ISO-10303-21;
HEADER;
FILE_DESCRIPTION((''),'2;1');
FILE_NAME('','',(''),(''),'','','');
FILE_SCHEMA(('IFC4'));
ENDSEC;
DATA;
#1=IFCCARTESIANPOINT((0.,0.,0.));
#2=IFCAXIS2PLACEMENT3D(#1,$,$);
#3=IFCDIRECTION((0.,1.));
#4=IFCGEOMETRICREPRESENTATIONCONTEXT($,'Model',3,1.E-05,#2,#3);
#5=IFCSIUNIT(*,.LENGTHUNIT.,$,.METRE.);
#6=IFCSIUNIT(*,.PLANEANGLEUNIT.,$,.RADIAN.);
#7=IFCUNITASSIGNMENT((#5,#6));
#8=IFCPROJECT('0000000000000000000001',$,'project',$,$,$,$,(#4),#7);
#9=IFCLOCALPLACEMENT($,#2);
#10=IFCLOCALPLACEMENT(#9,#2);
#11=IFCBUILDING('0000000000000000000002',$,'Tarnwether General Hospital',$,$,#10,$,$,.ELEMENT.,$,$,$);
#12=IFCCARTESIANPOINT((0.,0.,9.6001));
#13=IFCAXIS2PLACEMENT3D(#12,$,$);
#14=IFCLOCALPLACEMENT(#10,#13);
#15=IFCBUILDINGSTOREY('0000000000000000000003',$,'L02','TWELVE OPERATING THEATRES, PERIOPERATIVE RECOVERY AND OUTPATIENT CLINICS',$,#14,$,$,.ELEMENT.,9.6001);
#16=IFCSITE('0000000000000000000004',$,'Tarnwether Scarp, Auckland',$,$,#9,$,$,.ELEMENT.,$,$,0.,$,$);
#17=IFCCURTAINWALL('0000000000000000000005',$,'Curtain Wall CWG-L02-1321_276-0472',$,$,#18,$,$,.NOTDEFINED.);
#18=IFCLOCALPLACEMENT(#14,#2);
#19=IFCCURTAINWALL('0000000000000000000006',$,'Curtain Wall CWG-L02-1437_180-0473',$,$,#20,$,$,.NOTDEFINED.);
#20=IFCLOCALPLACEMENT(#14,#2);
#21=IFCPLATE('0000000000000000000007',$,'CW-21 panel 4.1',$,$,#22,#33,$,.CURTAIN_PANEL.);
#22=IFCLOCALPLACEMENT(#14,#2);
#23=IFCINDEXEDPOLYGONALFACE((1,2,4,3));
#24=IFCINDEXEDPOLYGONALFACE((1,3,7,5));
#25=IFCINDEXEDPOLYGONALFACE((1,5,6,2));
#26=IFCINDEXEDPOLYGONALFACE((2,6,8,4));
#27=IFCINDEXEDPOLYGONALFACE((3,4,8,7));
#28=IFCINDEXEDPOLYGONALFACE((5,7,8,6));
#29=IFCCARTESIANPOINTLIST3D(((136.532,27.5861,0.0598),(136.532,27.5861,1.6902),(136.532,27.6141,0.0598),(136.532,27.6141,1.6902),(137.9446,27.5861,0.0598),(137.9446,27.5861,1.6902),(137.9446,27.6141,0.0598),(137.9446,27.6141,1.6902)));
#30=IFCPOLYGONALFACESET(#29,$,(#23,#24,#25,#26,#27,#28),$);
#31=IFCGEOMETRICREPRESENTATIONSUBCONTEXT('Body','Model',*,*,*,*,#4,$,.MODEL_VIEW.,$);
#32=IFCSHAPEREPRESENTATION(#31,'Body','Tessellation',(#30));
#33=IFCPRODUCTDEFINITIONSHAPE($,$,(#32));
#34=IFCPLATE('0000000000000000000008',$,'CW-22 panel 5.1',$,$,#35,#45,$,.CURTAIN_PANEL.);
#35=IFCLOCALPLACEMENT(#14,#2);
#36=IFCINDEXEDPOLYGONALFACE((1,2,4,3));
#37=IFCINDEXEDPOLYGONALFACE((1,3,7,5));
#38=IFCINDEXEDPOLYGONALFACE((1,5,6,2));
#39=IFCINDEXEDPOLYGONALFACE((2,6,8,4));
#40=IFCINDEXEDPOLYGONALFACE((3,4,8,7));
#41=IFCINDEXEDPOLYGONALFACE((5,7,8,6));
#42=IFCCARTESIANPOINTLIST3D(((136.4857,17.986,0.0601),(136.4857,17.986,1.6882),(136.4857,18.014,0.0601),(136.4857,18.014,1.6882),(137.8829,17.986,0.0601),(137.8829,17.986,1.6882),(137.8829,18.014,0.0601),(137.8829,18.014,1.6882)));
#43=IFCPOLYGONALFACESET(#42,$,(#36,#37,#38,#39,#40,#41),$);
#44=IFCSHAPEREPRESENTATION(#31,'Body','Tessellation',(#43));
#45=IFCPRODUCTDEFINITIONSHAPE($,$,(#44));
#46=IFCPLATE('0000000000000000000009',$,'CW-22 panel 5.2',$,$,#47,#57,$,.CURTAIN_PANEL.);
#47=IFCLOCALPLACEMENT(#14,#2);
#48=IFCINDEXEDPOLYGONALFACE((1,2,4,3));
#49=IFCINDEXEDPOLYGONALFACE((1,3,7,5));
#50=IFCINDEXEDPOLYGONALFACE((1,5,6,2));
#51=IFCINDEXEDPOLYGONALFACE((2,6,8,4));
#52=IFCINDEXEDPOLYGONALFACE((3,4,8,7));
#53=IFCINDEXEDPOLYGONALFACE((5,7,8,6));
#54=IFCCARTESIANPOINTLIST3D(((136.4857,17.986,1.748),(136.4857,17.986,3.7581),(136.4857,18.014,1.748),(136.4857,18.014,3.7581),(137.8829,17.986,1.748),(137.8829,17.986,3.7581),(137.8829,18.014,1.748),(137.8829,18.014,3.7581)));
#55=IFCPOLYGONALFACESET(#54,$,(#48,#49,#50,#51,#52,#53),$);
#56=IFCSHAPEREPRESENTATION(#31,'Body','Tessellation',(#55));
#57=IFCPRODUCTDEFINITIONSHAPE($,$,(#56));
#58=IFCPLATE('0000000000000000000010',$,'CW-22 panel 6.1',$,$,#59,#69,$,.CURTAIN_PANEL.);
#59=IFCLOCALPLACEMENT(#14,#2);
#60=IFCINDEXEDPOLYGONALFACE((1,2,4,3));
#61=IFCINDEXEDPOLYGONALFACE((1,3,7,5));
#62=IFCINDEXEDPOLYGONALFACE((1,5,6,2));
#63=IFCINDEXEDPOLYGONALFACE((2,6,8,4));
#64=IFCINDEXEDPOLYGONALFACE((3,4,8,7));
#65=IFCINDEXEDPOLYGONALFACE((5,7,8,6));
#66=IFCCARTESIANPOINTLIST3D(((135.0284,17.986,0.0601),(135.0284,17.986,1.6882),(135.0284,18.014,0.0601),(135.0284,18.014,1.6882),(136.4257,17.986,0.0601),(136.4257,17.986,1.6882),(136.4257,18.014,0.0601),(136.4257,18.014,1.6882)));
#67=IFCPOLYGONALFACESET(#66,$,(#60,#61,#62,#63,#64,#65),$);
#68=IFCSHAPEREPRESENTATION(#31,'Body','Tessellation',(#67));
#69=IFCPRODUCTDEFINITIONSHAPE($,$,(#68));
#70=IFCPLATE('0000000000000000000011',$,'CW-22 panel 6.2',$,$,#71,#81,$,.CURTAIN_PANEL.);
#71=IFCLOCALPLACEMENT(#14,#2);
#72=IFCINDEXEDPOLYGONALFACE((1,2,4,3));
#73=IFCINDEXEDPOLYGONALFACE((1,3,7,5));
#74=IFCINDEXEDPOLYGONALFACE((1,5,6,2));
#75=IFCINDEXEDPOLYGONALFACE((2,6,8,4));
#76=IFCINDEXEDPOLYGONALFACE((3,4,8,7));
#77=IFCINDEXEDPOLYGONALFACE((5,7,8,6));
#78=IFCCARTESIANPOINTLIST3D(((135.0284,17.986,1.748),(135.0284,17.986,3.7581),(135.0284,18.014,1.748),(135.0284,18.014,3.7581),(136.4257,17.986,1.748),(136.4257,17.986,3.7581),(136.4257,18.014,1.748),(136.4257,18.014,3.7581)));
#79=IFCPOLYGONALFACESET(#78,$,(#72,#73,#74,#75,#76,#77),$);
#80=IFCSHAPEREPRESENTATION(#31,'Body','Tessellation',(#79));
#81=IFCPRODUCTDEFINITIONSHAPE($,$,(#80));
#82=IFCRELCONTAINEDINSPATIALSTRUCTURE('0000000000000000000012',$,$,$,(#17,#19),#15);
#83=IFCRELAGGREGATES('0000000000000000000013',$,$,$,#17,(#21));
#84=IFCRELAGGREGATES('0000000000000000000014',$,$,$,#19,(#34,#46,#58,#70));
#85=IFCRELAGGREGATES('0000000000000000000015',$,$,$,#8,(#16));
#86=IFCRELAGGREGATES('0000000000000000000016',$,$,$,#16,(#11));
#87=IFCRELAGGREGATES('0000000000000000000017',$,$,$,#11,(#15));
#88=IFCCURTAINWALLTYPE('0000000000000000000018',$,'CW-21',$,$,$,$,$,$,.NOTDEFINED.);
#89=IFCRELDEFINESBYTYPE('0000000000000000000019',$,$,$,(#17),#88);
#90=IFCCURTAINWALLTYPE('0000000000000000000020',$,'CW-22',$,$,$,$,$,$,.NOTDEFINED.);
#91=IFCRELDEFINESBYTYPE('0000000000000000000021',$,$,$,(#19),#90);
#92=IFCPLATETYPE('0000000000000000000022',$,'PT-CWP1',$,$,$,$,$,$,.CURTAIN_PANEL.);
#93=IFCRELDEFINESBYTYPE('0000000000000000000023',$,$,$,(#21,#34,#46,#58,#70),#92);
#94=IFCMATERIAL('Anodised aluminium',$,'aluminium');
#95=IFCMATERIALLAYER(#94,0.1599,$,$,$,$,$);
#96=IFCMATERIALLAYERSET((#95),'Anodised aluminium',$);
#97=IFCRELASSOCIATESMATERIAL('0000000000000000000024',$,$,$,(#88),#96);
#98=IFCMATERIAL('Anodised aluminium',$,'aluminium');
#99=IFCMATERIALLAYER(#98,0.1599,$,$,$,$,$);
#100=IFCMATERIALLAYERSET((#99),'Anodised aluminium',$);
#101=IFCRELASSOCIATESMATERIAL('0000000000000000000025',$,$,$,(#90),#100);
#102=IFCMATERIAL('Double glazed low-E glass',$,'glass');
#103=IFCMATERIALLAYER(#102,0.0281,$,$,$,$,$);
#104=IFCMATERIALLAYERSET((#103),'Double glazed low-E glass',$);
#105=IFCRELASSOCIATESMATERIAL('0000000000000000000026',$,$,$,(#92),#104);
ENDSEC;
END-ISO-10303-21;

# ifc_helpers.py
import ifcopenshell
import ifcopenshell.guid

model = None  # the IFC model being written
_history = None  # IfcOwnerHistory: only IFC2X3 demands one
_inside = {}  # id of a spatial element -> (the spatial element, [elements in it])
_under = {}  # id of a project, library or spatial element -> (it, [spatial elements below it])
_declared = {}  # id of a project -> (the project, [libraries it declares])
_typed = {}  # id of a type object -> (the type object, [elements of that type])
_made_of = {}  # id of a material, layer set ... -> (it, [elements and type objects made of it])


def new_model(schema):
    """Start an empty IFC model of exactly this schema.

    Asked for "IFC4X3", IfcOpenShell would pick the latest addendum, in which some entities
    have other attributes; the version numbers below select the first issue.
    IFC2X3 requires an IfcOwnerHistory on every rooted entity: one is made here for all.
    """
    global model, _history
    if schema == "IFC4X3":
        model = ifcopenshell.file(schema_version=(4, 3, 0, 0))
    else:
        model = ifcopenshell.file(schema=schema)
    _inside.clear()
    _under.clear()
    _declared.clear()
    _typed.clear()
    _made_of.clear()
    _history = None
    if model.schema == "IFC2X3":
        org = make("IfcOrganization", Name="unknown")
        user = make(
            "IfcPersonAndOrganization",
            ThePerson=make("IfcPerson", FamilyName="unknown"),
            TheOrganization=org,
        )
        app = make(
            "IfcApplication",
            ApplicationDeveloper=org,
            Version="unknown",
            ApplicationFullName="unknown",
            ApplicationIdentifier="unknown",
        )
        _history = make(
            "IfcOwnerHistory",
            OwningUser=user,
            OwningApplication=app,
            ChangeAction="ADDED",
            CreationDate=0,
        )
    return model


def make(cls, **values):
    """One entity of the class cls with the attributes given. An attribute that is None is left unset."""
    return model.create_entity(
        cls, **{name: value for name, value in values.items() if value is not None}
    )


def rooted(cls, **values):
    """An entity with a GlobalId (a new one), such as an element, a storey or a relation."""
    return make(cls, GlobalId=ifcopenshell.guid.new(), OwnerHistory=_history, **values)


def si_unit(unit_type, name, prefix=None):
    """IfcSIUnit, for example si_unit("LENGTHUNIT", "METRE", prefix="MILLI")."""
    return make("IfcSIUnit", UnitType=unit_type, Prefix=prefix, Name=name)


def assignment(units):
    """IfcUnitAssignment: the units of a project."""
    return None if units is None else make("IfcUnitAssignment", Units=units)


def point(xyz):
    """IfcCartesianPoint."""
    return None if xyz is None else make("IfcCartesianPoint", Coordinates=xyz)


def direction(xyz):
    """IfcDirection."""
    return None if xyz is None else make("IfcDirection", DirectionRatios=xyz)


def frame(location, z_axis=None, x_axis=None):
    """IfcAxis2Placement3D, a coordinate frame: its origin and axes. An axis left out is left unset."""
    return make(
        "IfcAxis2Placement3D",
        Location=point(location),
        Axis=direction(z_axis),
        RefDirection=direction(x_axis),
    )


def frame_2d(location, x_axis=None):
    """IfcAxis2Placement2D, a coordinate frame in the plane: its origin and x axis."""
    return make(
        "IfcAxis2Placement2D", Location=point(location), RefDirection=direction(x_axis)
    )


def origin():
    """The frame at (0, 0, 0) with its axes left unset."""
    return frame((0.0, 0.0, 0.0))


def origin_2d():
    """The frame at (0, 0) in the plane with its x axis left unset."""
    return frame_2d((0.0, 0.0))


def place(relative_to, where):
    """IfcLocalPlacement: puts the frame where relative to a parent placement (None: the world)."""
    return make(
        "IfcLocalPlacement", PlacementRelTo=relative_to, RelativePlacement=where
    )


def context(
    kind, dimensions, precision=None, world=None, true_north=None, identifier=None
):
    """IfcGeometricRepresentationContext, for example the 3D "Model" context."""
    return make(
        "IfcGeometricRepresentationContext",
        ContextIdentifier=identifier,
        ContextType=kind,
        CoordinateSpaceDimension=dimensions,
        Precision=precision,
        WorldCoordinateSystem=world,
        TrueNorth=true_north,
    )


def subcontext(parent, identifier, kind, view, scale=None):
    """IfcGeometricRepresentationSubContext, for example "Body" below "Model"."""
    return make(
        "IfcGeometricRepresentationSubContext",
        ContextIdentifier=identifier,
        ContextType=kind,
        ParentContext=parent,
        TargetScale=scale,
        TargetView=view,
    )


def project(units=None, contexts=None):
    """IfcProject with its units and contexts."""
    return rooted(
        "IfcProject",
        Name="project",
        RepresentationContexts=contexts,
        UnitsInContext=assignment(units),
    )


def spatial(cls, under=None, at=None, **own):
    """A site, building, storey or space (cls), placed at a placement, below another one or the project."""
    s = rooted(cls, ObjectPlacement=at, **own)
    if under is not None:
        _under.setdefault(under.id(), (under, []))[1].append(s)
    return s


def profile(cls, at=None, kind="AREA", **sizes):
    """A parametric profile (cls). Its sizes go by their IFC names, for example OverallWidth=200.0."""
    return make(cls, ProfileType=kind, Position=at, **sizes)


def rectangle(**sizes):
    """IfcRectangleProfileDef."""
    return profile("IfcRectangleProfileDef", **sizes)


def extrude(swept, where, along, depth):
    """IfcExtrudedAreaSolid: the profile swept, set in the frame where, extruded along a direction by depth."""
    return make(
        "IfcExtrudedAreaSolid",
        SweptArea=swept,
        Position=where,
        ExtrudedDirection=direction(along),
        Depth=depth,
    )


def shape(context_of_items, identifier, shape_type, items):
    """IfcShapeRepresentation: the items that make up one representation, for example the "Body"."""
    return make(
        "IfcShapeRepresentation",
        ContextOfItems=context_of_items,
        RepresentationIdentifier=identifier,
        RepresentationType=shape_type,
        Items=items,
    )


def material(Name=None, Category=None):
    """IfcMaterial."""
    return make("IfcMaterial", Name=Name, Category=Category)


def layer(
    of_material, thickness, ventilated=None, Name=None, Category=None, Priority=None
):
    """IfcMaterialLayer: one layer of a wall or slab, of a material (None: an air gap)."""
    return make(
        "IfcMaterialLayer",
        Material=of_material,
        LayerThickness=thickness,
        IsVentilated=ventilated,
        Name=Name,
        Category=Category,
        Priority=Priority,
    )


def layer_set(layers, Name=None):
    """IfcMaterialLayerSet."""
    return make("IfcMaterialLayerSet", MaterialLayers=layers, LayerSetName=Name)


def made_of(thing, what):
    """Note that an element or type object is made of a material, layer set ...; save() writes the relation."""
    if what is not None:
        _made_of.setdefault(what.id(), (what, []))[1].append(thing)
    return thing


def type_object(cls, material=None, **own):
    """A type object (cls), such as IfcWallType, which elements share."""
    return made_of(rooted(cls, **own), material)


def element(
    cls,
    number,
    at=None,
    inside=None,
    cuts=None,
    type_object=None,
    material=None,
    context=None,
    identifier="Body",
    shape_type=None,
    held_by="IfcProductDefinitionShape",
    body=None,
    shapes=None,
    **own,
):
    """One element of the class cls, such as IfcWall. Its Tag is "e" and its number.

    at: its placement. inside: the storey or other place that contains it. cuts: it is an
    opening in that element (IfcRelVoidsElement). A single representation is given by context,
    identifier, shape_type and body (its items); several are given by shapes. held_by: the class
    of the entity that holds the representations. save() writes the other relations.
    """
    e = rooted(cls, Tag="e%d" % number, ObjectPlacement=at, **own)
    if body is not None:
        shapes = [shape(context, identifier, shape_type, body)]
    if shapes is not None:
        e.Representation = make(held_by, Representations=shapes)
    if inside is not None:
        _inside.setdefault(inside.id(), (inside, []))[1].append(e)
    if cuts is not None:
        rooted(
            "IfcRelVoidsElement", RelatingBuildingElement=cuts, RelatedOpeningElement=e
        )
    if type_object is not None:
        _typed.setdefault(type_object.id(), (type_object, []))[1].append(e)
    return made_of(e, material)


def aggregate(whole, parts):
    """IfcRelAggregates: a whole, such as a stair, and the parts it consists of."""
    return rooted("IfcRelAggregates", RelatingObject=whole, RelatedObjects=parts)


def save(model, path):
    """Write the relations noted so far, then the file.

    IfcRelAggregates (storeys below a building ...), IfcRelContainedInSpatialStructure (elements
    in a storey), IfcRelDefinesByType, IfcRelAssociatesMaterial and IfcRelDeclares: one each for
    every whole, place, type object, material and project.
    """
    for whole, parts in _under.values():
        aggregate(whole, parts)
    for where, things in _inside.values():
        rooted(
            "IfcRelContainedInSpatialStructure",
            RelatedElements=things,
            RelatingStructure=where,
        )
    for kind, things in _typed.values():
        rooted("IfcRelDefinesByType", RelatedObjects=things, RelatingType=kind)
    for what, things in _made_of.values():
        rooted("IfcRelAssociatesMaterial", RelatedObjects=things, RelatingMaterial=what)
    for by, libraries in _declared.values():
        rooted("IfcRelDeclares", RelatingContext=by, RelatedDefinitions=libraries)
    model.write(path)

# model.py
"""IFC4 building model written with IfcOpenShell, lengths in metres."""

from ifc_helpers import new_model, si_unit, direction, frame, origin, origin_2d, place, context, subcontext, project, spatial, rectangle, extrude, material, layer, layer_set, type_object, element, aggregate, save


model = new_model("IFC4")

# Units and contexts
model_context = context("Model", 3, precision=1e-05, world=origin(), true_north=direction((0.0, 1.0)))
body_context = subcontext(model_context, "Body", "Model", "MODEL_VIEW")
ifc_project = project(units=[si_unit("LENGTHUNIT", "METRE"), si_unit("PLANEANGLEUNIT", "RADIAN")], contexts=[model_context])

# Site, building, storey
site_placement = place(None, origin())
site = spatial("IfcSite", under=ifc_project, at=site_placement, Name="Tarnwether Scarp, Auckland", CompositionType="ELEMENT", RefElevation=0.0)
building_placement = place(site_placement, origin())
building = spatial("IfcBuilding", under=site, at=building_placement, Name="Tarnwether General Hospital", CompositionType="ELEMENT")
storey_placement = place(building_placement, frame((0.0, 0.0, 9.6001)))
storey = spatial("IfcBuildingStorey", under=building, at=storey_placement, Name="L02", Description="TWELVE OPERATING THEATRES, PERIOPERATIVE RECOVERY AND OUTPATIENT CLINICS", CompositionType="ELEMENT", Elevation=9.6001)

# Curtain walls
ifc_material_1 = material(Name="Anodised aluminium", Category="aluminium")
ifc_layer_1 = layer(ifc_material_1, 0.1599)
ifc_layer_set_1 = layer_set([ifc_layer_1], Name="Anodised aluminium")
curtain_wall_type_1 = type_object("IfcCurtainWallType", Name="CW-21", PredefinedType="NOTDEFINED", material=ifc_layer_set_1)
curtain_wall_1_placement = place(storey_placement, origin())
curtain_wall_1 = element("IfcCurtainWall", 1, at=curtain_wall_1_placement, inside=storey, type_object=curtain_wall_type_1, Name="Curtain Wall CWG-L02-1321_276-0472", PredefinedType="NOTDEFINED")
ifc_material_2 = material(Name="Anodised aluminium", Category="aluminium")
ifc_layer_2 = layer(ifc_material_2, 0.1599)
ifc_layer_set_2 = layer_set([ifc_layer_2], Name="Anodised aluminium")
curtain_wall_type_2 = type_object("IfcCurtainWallType", Name="CW-22", PredefinedType="NOTDEFINED", material=ifc_layer_set_2)
curtain_wall_2_placement = place(storey_placement, origin())
curtain_wall_2 = element("IfcCurtainWall", 2, at=curtain_wall_2_placement, inside=storey, type_object=curtain_wall_type_2, Name="Curtain Wall CWG-L02-1437_180-0473", PredefinedType="NOTDEFINED")

# Plates
ifc_material_3 = material(Name="Double glazed low-E glass", Category="glass")
ifc_layer_3 = layer(ifc_material_3, 0.0281)
ifc_layer_set_3 = layer_set([ifc_layer_3], Name="Double glazed low-E glass")
plate_type = type_object("IfcPlateType", Name="PT-CWP1", PredefinedType="CURTAIN_PANEL", material=ifc_layer_set_3)
plate_1_placement = place(storey_placement, frame((137.2383, 27.6001, 0.0598), z_axis=(0.0, 0.0, 1.0), x_axis=(1.0, 0.0, 0.0)))
plate_1 = element("IfcPlate", 3, at=plate_1_placement, type_object=plate_type, Name="CW-21 panel 4.1", PredefinedType="CURTAIN_PANEL", context=body_context, shape_type="SweptSolid", body=[
    extrude(rectangle(XDim=1.4126, YDim=0.0281, at=origin_2d()), origin(), (0.0, 0.0, 1.0), 1.6304),
])
aggregate(curtain_wall_1, [plate_1])
plate_2_placement = place(storey_placement, frame((137.1843, 18.0, 0.0601), z_axis=(0.0, 0.0, 1.0), x_axis=(-1.0, 0.0, 0.0)))
plate_2 = element("IfcPlate", 4, at=plate_2_placement, type_object=plate_type, Name="CW-22 panel 5.1", PredefinedType="CURTAIN_PANEL", context=body_context, shape_type="SweptSolid", body=[
    extrude(rectangle(XDim=1.3972, YDim=0.0281, at=origin_2d()), origin(), (0.0, 0.0, 1.0), 1.6282),
])
plate_3_placement = place(storey_placement, frame((137.1843, 18.0, 1.748), z_axis=(0.0, 0.0, 1.0), x_axis=(-1.0, 0.0, 0.0)))
plate_3 = element("IfcPlate", 5, at=plate_3_placement, type_object=plate_type, Name="CW-22 panel 5.2", PredefinedType="CURTAIN_PANEL", context=body_context, shape_type="SweptSolid", body=[
    extrude(rectangle(XDim=1.3972, YDim=0.0281, at=origin_2d()), origin(), (0.0, 0.0, 1.0), 2.01),
])
plate_4_placement = place(storey_placement, frame((135.7271, 18.0, 0.0601), z_axis=(0.0, 0.0, 1.0), x_axis=(-1.0, 0.0, 0.0)))
plate_4 = element("IfcPlate", 6, at=plate_4_placement, type_object=plate_type, Name="CW-22 panel 6.1", PredefinedType="CURTAIN_PANEL", context=body_context, shape_type="SweptSolid", body=[
    extrude(rectangle(XDim=1.3972, YDim=0.0281, at=origin_2d()), origin(), (0.0, 0.0, 1.0), 1.6282),
])
plate_5_placement = place(storey_placement, frame((135.7271, 18.0, 1.748), z_axis=(0.0, 0.0, 1.0), x_axis=(-1.0, 0.0, 0.0)))
plate_5 = element("IfcPlate", 7, at=plate_5_placement, type_object=plate_type, Name="CW-22 panel 6.2", PredefinedType="CURTAIN_PANEL", context=body_context, shape_type="SweptSolid", body=[
    extrude(rectangle(XDim=1.3972, YDim=0.0281, at=origin_2d()), origin(), (0.0, 0.0, 1.0), 2.01),
])
aggregate(curtain_wall_2, [plate_2, plate_3, plate_4, plate_5])

save(model, "model.ifc")
